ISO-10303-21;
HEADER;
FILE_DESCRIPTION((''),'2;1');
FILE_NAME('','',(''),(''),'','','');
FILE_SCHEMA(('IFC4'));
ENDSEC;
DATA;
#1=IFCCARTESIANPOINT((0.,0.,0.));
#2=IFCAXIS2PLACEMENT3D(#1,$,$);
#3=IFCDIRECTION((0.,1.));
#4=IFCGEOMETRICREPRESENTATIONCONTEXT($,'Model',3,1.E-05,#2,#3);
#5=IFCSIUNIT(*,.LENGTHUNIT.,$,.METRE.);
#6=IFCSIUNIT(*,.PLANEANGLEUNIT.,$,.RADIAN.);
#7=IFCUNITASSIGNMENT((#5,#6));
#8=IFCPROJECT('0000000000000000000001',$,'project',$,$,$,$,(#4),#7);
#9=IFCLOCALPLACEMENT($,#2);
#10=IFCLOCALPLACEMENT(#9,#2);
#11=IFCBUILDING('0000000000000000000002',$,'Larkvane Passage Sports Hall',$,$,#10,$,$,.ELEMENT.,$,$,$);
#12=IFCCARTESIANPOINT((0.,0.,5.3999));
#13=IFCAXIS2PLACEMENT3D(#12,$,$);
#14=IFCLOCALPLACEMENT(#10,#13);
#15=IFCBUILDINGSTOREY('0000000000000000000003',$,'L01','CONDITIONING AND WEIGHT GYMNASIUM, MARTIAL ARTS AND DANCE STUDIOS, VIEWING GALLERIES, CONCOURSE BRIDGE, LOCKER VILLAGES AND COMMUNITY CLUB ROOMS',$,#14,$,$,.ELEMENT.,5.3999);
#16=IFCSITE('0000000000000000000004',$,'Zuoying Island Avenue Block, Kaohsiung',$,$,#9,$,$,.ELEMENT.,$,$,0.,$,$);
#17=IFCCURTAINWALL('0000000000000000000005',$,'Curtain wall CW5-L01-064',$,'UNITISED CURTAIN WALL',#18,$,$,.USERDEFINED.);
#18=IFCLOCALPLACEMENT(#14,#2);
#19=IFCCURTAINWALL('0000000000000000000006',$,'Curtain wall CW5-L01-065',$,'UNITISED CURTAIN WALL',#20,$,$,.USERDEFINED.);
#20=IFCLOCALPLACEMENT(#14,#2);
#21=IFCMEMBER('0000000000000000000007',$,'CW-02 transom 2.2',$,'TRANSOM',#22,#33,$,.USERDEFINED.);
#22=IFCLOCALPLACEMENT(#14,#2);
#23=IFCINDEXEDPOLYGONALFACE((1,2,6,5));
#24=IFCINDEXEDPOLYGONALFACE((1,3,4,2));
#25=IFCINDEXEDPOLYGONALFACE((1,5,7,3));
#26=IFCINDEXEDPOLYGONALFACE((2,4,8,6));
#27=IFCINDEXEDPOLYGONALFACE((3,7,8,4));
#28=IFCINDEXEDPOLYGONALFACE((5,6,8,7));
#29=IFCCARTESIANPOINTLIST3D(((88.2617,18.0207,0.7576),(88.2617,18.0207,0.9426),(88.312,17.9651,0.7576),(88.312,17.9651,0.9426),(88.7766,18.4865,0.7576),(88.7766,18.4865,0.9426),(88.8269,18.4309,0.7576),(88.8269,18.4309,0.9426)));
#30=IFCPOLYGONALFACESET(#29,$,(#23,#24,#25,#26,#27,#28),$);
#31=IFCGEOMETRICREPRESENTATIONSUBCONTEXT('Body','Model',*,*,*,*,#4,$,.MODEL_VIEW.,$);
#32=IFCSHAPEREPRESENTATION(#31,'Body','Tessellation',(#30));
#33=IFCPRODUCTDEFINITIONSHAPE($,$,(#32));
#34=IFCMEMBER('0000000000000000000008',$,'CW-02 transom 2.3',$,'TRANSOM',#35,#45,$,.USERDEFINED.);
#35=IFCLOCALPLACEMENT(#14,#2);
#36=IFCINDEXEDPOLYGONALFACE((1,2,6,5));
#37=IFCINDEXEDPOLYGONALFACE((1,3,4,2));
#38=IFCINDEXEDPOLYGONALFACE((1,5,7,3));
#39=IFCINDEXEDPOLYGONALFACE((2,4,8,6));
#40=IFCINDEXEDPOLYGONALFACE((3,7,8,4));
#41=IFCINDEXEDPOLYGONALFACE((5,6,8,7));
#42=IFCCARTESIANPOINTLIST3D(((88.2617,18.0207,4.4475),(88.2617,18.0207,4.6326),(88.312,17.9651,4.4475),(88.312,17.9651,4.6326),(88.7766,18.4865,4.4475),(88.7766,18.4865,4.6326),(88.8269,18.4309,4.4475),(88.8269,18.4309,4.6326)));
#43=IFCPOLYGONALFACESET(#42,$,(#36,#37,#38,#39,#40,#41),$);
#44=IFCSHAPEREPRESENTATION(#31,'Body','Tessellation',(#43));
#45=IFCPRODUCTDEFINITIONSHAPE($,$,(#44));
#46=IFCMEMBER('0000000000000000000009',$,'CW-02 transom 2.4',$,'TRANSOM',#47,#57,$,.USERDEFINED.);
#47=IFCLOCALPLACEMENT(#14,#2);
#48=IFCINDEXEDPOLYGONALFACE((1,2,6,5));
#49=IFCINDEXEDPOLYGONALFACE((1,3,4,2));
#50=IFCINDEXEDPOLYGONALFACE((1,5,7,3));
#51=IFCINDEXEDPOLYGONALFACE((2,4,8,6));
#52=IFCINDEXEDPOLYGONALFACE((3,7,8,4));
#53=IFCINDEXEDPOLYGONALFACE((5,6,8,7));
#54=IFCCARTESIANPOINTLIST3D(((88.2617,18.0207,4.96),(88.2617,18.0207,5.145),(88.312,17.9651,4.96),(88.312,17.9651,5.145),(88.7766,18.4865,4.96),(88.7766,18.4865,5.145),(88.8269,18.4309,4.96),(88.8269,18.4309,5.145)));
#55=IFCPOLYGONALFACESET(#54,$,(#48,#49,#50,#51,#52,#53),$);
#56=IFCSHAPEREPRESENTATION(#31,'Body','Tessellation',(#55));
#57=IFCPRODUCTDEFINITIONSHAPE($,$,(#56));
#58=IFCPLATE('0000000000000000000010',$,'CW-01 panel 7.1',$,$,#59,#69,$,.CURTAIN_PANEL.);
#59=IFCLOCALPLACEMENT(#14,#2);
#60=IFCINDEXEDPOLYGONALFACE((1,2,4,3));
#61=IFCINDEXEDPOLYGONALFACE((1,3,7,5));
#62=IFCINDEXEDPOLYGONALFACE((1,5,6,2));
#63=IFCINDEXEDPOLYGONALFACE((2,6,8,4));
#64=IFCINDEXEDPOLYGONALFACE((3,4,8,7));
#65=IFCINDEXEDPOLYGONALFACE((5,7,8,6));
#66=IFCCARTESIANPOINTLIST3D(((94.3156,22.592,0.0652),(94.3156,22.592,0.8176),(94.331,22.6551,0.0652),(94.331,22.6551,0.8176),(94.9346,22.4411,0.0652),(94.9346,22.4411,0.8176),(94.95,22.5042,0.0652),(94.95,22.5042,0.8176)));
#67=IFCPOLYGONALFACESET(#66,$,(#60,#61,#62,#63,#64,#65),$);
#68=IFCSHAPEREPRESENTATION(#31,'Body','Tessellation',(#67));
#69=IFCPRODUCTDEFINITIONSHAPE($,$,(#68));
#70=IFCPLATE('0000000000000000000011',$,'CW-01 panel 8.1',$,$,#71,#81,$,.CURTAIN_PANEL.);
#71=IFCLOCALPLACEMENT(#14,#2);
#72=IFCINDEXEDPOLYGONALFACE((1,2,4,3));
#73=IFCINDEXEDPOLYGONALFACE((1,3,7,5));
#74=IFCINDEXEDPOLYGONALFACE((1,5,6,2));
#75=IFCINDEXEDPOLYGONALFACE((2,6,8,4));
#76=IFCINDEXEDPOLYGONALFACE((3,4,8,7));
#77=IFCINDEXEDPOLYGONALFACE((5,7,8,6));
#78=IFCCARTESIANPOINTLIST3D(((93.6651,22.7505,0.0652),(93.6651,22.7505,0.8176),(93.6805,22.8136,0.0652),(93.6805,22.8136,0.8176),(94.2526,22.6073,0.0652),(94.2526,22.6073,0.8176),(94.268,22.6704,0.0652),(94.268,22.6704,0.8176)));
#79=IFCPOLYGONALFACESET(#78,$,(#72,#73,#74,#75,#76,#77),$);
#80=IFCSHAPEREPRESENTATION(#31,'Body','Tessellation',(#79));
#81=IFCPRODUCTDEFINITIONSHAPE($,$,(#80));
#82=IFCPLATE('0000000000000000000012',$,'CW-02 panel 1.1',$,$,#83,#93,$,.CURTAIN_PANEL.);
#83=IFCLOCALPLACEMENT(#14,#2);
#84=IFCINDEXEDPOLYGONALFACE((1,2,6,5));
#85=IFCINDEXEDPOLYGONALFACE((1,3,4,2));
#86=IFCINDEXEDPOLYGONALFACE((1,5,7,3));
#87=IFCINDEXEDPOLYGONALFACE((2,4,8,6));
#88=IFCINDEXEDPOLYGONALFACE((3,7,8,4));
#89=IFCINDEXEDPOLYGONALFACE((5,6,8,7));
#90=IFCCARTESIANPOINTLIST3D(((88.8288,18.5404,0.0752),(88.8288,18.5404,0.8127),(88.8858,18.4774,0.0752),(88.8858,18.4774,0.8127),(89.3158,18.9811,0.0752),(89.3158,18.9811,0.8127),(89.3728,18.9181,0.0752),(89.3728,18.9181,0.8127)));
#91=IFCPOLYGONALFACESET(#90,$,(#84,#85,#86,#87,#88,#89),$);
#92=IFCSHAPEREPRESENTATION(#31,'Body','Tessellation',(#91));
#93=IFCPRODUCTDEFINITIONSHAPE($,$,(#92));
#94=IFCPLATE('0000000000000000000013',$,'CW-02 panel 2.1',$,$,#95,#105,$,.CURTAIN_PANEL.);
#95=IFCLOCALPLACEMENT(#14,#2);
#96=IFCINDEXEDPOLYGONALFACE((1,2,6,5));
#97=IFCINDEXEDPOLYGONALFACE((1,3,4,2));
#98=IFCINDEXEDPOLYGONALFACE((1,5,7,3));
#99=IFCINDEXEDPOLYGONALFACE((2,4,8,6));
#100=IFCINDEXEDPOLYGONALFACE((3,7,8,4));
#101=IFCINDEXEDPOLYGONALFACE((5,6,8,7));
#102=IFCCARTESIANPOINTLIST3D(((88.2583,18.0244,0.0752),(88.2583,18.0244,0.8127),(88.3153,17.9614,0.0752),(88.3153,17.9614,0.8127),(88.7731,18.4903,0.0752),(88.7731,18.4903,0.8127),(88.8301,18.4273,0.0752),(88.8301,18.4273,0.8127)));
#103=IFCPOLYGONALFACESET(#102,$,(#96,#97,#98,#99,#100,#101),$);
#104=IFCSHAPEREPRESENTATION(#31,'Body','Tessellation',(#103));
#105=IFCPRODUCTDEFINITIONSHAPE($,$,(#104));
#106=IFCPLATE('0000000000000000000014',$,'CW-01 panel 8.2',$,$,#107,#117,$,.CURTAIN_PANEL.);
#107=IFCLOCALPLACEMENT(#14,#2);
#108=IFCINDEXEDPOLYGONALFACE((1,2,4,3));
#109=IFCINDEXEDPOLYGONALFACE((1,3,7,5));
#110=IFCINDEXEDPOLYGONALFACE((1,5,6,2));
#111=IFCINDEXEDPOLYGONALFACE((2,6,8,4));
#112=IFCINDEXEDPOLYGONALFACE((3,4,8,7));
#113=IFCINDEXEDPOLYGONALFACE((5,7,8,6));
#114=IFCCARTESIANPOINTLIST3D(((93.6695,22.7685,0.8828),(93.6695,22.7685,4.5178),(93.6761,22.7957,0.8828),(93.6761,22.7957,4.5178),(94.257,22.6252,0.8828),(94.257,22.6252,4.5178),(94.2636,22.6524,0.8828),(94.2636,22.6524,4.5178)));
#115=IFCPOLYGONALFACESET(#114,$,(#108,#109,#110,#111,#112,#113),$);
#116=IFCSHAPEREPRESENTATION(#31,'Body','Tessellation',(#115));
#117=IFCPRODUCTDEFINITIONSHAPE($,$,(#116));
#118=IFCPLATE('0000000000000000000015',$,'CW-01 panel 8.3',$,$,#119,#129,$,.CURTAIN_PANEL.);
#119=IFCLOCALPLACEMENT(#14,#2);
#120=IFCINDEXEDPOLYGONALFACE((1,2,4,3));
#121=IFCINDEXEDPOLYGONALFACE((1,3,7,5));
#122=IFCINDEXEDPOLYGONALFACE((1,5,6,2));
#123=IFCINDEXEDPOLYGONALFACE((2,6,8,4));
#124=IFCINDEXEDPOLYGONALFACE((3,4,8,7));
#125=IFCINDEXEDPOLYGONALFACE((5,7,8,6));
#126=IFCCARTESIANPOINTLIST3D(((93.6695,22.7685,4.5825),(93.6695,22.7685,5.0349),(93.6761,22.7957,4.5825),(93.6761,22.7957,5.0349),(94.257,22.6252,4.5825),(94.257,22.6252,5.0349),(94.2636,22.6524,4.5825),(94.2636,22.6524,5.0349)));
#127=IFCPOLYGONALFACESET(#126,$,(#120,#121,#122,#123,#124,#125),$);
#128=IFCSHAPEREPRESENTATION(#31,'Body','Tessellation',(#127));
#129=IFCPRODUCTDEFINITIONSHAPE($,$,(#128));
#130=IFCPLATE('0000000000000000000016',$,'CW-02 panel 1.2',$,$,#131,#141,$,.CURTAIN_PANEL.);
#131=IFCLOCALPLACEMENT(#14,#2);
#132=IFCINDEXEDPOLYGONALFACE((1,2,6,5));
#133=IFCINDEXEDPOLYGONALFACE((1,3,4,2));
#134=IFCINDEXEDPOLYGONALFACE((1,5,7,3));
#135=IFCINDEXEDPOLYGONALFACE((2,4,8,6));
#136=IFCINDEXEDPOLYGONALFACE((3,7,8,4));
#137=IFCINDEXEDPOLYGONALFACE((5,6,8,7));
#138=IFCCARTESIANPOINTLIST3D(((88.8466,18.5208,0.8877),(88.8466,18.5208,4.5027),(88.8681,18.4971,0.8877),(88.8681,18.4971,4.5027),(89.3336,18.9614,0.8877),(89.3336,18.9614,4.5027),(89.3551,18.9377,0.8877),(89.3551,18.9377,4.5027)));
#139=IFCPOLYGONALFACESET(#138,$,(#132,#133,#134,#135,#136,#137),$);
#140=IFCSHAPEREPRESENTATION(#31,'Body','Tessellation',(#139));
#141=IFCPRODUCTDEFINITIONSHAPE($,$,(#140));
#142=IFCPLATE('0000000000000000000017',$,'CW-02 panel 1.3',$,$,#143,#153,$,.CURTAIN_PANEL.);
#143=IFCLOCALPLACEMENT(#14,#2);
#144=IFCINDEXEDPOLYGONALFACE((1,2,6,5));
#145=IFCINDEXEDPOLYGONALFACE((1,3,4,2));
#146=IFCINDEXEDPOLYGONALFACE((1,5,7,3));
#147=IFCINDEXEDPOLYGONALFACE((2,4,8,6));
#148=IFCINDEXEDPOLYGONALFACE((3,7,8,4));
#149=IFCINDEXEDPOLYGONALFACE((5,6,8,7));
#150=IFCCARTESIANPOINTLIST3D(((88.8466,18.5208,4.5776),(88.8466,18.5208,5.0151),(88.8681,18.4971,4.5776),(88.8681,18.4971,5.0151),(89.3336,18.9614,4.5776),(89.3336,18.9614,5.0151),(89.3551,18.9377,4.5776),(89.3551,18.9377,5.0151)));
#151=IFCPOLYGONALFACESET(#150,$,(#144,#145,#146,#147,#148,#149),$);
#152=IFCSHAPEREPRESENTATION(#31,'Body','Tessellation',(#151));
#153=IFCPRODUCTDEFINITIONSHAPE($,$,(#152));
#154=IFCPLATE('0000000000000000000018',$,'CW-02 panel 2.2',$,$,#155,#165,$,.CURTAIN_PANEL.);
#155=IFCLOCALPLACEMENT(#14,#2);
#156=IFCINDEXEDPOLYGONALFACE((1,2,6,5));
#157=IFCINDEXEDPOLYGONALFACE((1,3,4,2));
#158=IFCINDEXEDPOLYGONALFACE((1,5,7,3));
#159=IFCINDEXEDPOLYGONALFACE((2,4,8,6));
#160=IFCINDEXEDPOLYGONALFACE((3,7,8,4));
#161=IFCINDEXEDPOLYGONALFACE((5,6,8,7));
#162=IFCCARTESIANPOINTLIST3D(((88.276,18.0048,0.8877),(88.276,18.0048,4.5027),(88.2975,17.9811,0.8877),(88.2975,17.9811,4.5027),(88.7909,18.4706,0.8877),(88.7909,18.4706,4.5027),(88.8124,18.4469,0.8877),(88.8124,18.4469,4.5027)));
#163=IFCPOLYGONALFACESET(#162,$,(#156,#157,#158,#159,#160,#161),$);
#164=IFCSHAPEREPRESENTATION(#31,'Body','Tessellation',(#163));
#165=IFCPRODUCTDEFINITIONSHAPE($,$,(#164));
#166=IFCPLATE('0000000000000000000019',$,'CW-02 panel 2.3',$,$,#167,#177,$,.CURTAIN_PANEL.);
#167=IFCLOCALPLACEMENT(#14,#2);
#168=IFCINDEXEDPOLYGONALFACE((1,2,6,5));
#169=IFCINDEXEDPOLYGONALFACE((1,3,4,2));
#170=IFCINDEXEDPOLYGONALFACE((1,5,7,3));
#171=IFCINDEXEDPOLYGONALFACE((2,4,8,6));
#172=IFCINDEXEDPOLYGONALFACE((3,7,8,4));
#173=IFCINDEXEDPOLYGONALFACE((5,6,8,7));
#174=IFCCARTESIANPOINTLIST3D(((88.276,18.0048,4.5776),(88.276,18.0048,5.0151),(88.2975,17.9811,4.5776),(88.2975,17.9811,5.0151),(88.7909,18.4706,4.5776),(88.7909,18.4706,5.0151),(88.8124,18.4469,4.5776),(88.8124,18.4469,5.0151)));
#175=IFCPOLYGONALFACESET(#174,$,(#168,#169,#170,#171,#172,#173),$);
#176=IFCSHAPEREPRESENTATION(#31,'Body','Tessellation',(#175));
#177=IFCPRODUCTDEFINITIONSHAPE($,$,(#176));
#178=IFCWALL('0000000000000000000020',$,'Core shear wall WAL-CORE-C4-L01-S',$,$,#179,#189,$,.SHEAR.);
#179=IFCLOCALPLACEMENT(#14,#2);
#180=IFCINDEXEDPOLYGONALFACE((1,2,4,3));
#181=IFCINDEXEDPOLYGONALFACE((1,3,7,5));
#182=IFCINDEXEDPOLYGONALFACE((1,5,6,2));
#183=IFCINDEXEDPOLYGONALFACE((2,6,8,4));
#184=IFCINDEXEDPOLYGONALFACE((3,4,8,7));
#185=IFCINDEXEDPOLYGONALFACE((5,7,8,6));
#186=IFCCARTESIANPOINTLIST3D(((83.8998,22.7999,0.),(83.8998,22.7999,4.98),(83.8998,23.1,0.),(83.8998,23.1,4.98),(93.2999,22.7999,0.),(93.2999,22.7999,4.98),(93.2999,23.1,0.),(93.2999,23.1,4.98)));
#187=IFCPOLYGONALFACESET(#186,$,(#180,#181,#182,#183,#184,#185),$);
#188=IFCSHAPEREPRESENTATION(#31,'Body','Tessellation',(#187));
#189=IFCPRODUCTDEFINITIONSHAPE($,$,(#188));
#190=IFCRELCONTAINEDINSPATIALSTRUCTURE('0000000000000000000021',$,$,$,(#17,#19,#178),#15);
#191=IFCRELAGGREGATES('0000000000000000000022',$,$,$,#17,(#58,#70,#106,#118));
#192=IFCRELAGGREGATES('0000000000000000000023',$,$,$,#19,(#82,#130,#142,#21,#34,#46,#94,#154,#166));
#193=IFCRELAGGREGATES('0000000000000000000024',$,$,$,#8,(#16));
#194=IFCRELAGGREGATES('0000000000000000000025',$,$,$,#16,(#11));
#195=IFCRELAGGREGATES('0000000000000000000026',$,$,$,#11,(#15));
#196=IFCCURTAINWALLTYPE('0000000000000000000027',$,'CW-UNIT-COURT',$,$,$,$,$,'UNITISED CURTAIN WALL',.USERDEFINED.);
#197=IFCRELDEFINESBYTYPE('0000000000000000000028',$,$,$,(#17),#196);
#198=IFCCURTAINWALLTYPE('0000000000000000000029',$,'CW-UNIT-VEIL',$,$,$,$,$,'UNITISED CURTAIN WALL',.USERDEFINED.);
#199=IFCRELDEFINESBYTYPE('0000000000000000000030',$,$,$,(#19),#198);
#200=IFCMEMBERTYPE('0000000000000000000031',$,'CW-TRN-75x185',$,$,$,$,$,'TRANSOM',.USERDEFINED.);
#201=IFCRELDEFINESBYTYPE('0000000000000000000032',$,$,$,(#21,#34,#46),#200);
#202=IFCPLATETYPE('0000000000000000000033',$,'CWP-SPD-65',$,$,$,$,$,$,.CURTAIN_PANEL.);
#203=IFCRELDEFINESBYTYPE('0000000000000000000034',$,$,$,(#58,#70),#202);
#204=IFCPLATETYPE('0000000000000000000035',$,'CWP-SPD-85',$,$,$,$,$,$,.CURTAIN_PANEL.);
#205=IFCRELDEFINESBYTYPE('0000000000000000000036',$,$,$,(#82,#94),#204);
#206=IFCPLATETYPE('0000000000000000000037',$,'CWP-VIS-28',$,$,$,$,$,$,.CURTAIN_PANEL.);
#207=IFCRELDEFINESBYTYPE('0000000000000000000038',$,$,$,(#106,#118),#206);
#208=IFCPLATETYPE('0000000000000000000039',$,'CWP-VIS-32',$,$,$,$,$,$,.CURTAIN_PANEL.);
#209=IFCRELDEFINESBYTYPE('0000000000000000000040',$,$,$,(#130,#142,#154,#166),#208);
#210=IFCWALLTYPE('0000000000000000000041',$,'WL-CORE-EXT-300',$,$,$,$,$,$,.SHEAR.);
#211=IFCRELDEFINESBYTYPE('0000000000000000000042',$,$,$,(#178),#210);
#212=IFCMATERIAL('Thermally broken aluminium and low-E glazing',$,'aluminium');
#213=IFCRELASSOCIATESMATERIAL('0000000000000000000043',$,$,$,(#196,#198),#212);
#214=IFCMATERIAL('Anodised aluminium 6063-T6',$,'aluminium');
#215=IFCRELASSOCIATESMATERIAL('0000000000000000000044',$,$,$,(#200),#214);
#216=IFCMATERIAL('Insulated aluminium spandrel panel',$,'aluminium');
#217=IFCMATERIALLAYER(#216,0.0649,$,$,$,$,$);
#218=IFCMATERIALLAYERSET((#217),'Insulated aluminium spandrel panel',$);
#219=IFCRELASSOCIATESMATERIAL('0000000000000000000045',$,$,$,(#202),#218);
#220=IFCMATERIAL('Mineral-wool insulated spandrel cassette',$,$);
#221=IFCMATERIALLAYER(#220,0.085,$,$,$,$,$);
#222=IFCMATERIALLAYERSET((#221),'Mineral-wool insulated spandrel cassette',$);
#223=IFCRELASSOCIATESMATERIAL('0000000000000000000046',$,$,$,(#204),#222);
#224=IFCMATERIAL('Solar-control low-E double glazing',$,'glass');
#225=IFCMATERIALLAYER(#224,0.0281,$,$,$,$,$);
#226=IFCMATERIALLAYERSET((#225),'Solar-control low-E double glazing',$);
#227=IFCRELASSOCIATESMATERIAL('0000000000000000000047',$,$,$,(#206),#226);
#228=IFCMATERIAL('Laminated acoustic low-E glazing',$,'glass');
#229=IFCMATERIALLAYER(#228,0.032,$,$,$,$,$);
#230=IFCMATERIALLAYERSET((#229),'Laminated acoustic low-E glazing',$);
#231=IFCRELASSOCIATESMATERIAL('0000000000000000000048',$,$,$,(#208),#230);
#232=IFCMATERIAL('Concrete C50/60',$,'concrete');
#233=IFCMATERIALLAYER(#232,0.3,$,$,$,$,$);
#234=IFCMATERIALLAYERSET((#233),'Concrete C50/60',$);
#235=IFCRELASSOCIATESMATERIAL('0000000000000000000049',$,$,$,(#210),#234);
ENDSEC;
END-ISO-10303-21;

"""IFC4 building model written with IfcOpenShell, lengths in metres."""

from ifc_helpers import new_model, si_unit, direction, frame, frame_2d, origin, origin_2d, place, context, subcontext, project, spatial, rectangle, extrude, material, layer, layer_set, material_profile, profile_set, type_object, element, aggregate, save


model = new_model("IFC4")

# Units and contexts
model_context = context("Model", 3, precision=1e-05, world=origin(), true_north=direction((0.0, 1.0)))
body_context = subcontext(model_context, "Body", "Model", "MODEL_VIEW")
ifc_project = project(units=[si_unit("LENGTHUNIT", "METRE"), si_unit("PLANEANGLEUNIT", "RADIAN")], contexts=[model_context])

# Site, building, storey
site_placement = place(None, origin())
site = spatial("IfcSite", under=ifc_project, at=site_placement, Name="Zuoying Island Avenue Block, Kaohsiung", CompositionType="ELEMENT", RefElevation=0.0)
building_placement = place(site_placement, origin())
building = spatial("IfcBuilding", under=site, at=building_placement, Name="Larkvane Passage Sports Hall", CompositionType="ELEMENT")
storey_placement = place(building_placement, frame((0.0, 0.0, 5.3999)))
storey = spatial("IfcBuildingStorey", under=building, at=storey_placement, Name="L01", Description="CONDITIONING AND WEIGHT GYMNASIUM, MARTIAL ARTS AND DANCE STUDIOS, VIEWING GALLERIES, CONCOURSE BRIDGE, LOCKER VILLAGES AND COMMUNITY CLUB ROOMS", CompositionType="ELEMENT", Elevation=5.3999)

# Curtain walls
ifc_material_1 = material(Name="Thermally broken aluminium and low-E glazing", Category="aluminium")
curtain_wall_type_1 = type_object("IfcCurtainWallType", Name="CW-UNIT-COURT", ElementType="UNITISED CURTAIN WALL", PredefinedType="USERDEFINED", material=ifc_material_1)
curtain_wall_1_placement = place(storey_placement, origin())
curtain_wall_1 = element("IfcCurtainWall", 1, at=curtain_wall_1_placement, inside=storey, type_object=curtain_wall_type_1, Name="Curtain wall CW5-L01-064", ObjectType="UNITISED CURTAIN WALL", PredefinedType="USERDEFINED")
ifc_material_2 = material(Name="Anodised aluminium 6063-T6", Category="aluminium")
curtain_wall_type_2 = type_object("IfcCurtainWallType", Name="CW-UNIT-VEIL", ElementType="UNITISED CURTAIN WALL", PredefinedType="USERDEFINED", material=ifc_material_1)
curtain_wall_2_placement = place(storey_placement, origin())
curtain_wall_2 = element("IfcCurtainWall", 2, at=curtain_wall_2_placement, inside=storey, type_object=curtain_wall_type_2, Name="Curtain wall CW5-L01-065", ObjectType="UNITISED CURTAIN WALL", PredefinedType="USERDEFINED")

# Members
ifc_material_profile_1 = material_profile(ifc_material_2, rectangle(XDim=0.075, YDim=0.1851, at=origin_2d()), Name="ALU-TRN-75x185")
ifc_profile_set_1 = profile_set([ifc_material_profile_1], Name="Anodised aluminium 6063-T6")
member_type_1 = type_object("IfcMemberType", Name="CW-TRN-75x185", ElementType="TRANSOM", PredefinedType="USERDEFINED", material=ifc_profile_set_1)
member_1_placement = place(storey_placement, frame((88.8018, 18.4587, 0.8501), z_axis=(-0.741561, -0.670886, 0.0), x_axis=(0.670886, -0.741561, 0.0)))
member_1 = element("IfcMember", 3, at=member_1_placement, type_object=member_type_1, Name="CW-02 transom 2.2", ObjectType="TRANSOM", PredefinedType="USERDEFINED", context=body_context, shape_type="SweptSolid", body=[
    extrude(rectangle(XDim=0.075, YDim=0.1851, at=origin_2d()), origin(), (0.0, 0.0, 1.0), 0.6943),
])
member_2_placement = place(storey_placement, frame((88.8018, 18.4587, 4.54), z_axis=(-0.741561, -0.670886, 0.0), x_axis=(0.670886, -0.741561, 0.0)))
member_2 = element("IfcMember", 4, at=member_2_placement, type_object=member_type_1, Name="CW-02 transom 2.3", ObjectType="TRANSOM", PredefinedType="USERDEFINED", context=body_context, shape_type="SweptSolid", body=[
    extrude(rectangle(XDim=0.075, YDim=0.1851, at=origin_2d()), origin(), (0.0, 0.0, 1.0), 0.6943),
])
member_3_placement = place(storey_placement, frame((88.8018, 18.4587, 5.0525), z_axis=(-0.741561, -0.670886, 0.0), x_axis=(0.670886, -0.741561, 0.0)))
member_3 = element("IfcMember", 5, at=member_3_placement, type_object=member_type_1, Name="CW-02 transom 2.4", ObjectType="TRANSOM", PredefinedType="USERDEFINED", context=body_context, shape_type="SweptSolid", body=[
    extrude(rectangle(XDim=0.075, YDim=0.1851, at=origin_2d()), origin(), (0.0, 0.0, 1.0), 0.6943),
])

# Plates
ifc_material_3 = material(Name="Insulated aluminium spandrel panel", Category="aluminium")
ifc_layer_1 = layer(ifc_material_3, 0.0649)
ifc_layer_set_1 = layer_set([ifc_layer_1], Name="Insulated aluminium spandrel panel")
plate_type_1 = type_object("IfcPlateType", Name="CWP-SPD-65", PredefinedType="CURTAIN_PANEL", material=ifc_layer_set_1)
plate_1_placement = place(storey_placement, frame((94.6328, 22.5481, 0.0652), z_axis=(0.0, 0.0, 1.0), x_axis=(-0.971523, 0.236943, 0.0)))
plate_1 = element("IfcPlate", 6, at=plate_1_placement, type_object=plate_type_1, Name="CW-01 panel 7.1", PredefinedType="CURTAIN_PANEL", context=body_context, shape_type="SweptSolid", body=[
    extrude(rectangle(XDim=0.6372, YDim=0.0649, at=origin_2d()), origin(), (0.0, 0.0, 1.0), 0.7524),
])
plate_2_placement = place(storey_placement, frame((93.9666, 22.7104, 0.0652), z_axis=(0.0, 0.0, 1.0), x_axis=(-0.971523, 0.236943, 0.0)))
plate_2 = element("IfcPlate", 7, at=plate_2_placement, type_object=plate_type_1, Name="CW-01 panel 8.1", PredefinedType="CURTAIN_PANEL", context=body_context, shape_type="SweptSolid", body=[
    extrude(rectangle(XDim=0.6047, YDim=0.0649, at=origin_2d()), origin(), (0.0, 0.0, 1.0), 0.7524),
])
ifc_material_4 = material(Name="Mineral-wool insulated spandrel cassette")
ifc_layer_2 = layer(ifc_material_4, 0.085)
ifc_layer_set_2 = layer_set([ifc_layer_2], Name="Mineral-wool insulated spandrel cassette")
plate_type_2 = type_object("IfcPlateType", Name="CWP-SPD-85", PredefinedType="CURTAIN_PANEL", material=ifc_layer_set_2)
plate_3_placement = place(storey_placement, frame((89.1008, 18.7292, 0.0752), z_axis=(0.0, 0.0, 1.0), x_axis=(-0.741533, -0.670917, 0.0)))
plate_3 = element("IfcPlate", 8, at=plate_3_placement, type_object=plate_type_2, Name="CW-02 panel 1.1", PredefinedType="CURTAIN_PANEL", context=body_context, shape_type="SweptSolid", body=[
    extrude(rectangle(XDim=0.6567, YDim=0.085, at=origin_2d()), origin(), (0.0, 0.0, 1.0), 0.7375),
])
plate_4_placement = place(storey_placement, frame((88.5442, 18.2258, 0.0752), z_axis=(0.0, 0.0, 1.0), x_axis=(-0.741533, -0.670917, 0.0)))
plate_4 = element("IfcPlate", 9, at=plate_4_placement, type_object=plate_type_2, Name="CW-02 panel 2.1", PredefinedType="CURTAIN_PANEL", context=body_context, shape_type="SweptSolid", body=[
    extrude(rectangle(XDim=0.6943, YDim=0.085, at=origin_2d()), origin(), (0.0, 0.0, 1.0), 0.7375),
])
ifc_material_5 = material(Name="Solar-control low-E double glazing", Category="glass")
ifc_layer_3 = layer(ifc_material_5, 0.0281)
ifc_layer_set_3 = layer_set([ifc_layer_3], Name="Solar-control low-E double glazing")
plate_type_3 = type_object("IfcPlateType", Name="CWP-VIS-28", PredefinedType="CURTAIN_PANEL", material=ifc_layer_set_3)
plate_5_placement = place(storey_placement, frame((93.9666, 22.7104, 0.8828), z_axis=(0.0, 0.0, 1.0), x_axis=(-0.971523, 0.236943, 0.0)))
plate_5 = element("IfcPlate", 10, at=plate_5_placement, type_object=plate_type_3, Name="CW-01 panel 8.2", PredefinedType="CURTAIN_PANEL", context=body_context, shape_type="SweptSolid", body=[
    extrude(rectangle(XDim=0.6047, YDim=0.0281, at=origin_2d()), origin(), (0.0, 0.0, 1.0), 3.635),
])
plate_6_placement = place(storey_placement, frame((93.9666, 22.7104, 4.5825), z_axis=(0.0, 0.0, 1.0), x_axis=(-0.971523, 0.236943, 0.0)))
plate_6 = element("IfcPlate", 11, at=plate_6_placement, type_object=plate_type_3, Name="CW-01 panel 8.3", PredefinedType="CURTAIN_PANEL", context=body_context, shape_type="SweptSolid", body=[
    extrude(rectangle(XDim=0.6047, YDim=0.0281, at=origin_2d()), origin(), (0.0, 0.0, 1.0), 0.4524),
])
aggregate(curtain_wall_1, [plate_1, plate_2, plate_5, plate_6])
ifc_material_6 = material(Name="Laminated acoustic low-E glazing", Category="glass")
ifc_layer_4 = layer(ifc_material_6, 0.032)
ifc_layer_set_4 = layer_set([ifc_layer_4], Name="Laminated acoustic low-E glazing")
plate_type_4 = type_object("IfcPlateType", Name="CWP-VIS-32", PredefinedType="CURTAIN_PANEL", material=ifc_layer_set_4)
plate_7_placement = place(storey_placement, frame((89.1008, 18.7292, 0.8877), z_axis=(0.0, 0.0, 1.0), x_axis=(-0.741533, -0.670917, 0.0)))
plate_7 = element("IfcPlate", 12, at=plate_7_placement, type_object=plate_type_4, Name="CW-02 panel 1.2", PredefinedType="CURTAIN_PANEL", context=body_context, shape_type="SweptSolid", body=[
    extrude(rectangle(XDim=0.6567, YDim=0.032, at=origin_2d()), origin(), (0.0, 0.0, 1.0), 3.615),
])
plate_8_placement = place(storey_placement, frame((89.1008, 18.7292, 4.5776), z_axis=(0.0, 0.0, 1.0), x_axis=(-0.741533, -0.670917, 0.0)))
plate_8 = element("IfcPlate", 13, at=plate_8_placement, type_object=plate_type_4, Name="CW-02 panel 1.3", PredefinedType="CURTAIN_PANEL", context=body_context, shape_type="SweptSolid", body=[
    extrude(rectangle(XDim=0.6567, YDim=0.032, at=origin_2d()), origin(), (0.0, 0.0, 1.0), 0.4375),
])
plate_9_placement = place(storey_placement, frame((88.5442, 18.2258, 0.8877), z_axis=(0.0, 0.0, 1.0), x_axis=(-0.741533, -0.670917, 0.0)))
plate_9 = element("IfcPlate", 14, at=plate_9_placement, type_object=plate_type_4, Name="CW-02 panel 2.2", PredefinedType="CURTAIN_PANEL", context=body_context, shape_type="SweptSolid", body=[
    extrude(rectangle(XDim=0.6943, YDim=0.032, at=origin_2d()), origin(), (0.0, 0.0, 1.0), 3.615),
])
plate_10_placement = place(storey_placement, frame((88.5442, 18.2258, 4.5776), z_axis=(0.0, 0.0, 1.0), x_axis=(-0.741533, -0.670917, 0.0)))
plate_10 = element("IfcPlate", 15, at=plate_10_placement, type_object=plate_type_4, Name="CW-02 panel 2.3", PredefinedType="CURTAIN_PANEL", context=body_context, shape_type="SweptSolid", body=[
    extrude(rectangle(XDim=0.6943, YDim=0.032, at=origin_2d()), origin(), (0.0, 0.0, 1.0), 0.4375),
])
aggregate(curtain_wall_2, [plate_3, plate_7, plate_8, member_1, member_2, member_3, plate_4, plate_9, plate_10])

# Wall
ifc_material_7 = material(Name="Concrete C50/60", Category="concrete")
ifc_layer_5 = layer(ifc_material_7, 0.3)
ifc_layer_set_5 = layer_set([ifc_layer_5], Name="Concrete C50/60")
wall_type_1 = type_object("IfcWallType", Name="WL-CORE-EXT-300", PredefinedType="SHEAR", material=ifc_layer_set_5)
wall_1_placement = place(storey_placement, frame((93.3, 22.95, 0.0), z_axis=(0.0, 0.0, 1.0), x_axis=(-1.0, 0.0, 0.0)))
element("IfcWall", 16, at=wall_1_placement, inside=storey, type_object=wall_type_1, Name="Core shear wall WAL-CORE-C4-L01-S", PredefinedType="SHEAR", context=body_context, shape_type="SweptSolid", body=[
    extrude(rectangle(XDim=9.4001, YDim=0.3, at=frame_2d((4.7002, 0.0))), origin(), (0.0, 0.0, 1.0), 4.98),
])

save(model, "model.ifc")
